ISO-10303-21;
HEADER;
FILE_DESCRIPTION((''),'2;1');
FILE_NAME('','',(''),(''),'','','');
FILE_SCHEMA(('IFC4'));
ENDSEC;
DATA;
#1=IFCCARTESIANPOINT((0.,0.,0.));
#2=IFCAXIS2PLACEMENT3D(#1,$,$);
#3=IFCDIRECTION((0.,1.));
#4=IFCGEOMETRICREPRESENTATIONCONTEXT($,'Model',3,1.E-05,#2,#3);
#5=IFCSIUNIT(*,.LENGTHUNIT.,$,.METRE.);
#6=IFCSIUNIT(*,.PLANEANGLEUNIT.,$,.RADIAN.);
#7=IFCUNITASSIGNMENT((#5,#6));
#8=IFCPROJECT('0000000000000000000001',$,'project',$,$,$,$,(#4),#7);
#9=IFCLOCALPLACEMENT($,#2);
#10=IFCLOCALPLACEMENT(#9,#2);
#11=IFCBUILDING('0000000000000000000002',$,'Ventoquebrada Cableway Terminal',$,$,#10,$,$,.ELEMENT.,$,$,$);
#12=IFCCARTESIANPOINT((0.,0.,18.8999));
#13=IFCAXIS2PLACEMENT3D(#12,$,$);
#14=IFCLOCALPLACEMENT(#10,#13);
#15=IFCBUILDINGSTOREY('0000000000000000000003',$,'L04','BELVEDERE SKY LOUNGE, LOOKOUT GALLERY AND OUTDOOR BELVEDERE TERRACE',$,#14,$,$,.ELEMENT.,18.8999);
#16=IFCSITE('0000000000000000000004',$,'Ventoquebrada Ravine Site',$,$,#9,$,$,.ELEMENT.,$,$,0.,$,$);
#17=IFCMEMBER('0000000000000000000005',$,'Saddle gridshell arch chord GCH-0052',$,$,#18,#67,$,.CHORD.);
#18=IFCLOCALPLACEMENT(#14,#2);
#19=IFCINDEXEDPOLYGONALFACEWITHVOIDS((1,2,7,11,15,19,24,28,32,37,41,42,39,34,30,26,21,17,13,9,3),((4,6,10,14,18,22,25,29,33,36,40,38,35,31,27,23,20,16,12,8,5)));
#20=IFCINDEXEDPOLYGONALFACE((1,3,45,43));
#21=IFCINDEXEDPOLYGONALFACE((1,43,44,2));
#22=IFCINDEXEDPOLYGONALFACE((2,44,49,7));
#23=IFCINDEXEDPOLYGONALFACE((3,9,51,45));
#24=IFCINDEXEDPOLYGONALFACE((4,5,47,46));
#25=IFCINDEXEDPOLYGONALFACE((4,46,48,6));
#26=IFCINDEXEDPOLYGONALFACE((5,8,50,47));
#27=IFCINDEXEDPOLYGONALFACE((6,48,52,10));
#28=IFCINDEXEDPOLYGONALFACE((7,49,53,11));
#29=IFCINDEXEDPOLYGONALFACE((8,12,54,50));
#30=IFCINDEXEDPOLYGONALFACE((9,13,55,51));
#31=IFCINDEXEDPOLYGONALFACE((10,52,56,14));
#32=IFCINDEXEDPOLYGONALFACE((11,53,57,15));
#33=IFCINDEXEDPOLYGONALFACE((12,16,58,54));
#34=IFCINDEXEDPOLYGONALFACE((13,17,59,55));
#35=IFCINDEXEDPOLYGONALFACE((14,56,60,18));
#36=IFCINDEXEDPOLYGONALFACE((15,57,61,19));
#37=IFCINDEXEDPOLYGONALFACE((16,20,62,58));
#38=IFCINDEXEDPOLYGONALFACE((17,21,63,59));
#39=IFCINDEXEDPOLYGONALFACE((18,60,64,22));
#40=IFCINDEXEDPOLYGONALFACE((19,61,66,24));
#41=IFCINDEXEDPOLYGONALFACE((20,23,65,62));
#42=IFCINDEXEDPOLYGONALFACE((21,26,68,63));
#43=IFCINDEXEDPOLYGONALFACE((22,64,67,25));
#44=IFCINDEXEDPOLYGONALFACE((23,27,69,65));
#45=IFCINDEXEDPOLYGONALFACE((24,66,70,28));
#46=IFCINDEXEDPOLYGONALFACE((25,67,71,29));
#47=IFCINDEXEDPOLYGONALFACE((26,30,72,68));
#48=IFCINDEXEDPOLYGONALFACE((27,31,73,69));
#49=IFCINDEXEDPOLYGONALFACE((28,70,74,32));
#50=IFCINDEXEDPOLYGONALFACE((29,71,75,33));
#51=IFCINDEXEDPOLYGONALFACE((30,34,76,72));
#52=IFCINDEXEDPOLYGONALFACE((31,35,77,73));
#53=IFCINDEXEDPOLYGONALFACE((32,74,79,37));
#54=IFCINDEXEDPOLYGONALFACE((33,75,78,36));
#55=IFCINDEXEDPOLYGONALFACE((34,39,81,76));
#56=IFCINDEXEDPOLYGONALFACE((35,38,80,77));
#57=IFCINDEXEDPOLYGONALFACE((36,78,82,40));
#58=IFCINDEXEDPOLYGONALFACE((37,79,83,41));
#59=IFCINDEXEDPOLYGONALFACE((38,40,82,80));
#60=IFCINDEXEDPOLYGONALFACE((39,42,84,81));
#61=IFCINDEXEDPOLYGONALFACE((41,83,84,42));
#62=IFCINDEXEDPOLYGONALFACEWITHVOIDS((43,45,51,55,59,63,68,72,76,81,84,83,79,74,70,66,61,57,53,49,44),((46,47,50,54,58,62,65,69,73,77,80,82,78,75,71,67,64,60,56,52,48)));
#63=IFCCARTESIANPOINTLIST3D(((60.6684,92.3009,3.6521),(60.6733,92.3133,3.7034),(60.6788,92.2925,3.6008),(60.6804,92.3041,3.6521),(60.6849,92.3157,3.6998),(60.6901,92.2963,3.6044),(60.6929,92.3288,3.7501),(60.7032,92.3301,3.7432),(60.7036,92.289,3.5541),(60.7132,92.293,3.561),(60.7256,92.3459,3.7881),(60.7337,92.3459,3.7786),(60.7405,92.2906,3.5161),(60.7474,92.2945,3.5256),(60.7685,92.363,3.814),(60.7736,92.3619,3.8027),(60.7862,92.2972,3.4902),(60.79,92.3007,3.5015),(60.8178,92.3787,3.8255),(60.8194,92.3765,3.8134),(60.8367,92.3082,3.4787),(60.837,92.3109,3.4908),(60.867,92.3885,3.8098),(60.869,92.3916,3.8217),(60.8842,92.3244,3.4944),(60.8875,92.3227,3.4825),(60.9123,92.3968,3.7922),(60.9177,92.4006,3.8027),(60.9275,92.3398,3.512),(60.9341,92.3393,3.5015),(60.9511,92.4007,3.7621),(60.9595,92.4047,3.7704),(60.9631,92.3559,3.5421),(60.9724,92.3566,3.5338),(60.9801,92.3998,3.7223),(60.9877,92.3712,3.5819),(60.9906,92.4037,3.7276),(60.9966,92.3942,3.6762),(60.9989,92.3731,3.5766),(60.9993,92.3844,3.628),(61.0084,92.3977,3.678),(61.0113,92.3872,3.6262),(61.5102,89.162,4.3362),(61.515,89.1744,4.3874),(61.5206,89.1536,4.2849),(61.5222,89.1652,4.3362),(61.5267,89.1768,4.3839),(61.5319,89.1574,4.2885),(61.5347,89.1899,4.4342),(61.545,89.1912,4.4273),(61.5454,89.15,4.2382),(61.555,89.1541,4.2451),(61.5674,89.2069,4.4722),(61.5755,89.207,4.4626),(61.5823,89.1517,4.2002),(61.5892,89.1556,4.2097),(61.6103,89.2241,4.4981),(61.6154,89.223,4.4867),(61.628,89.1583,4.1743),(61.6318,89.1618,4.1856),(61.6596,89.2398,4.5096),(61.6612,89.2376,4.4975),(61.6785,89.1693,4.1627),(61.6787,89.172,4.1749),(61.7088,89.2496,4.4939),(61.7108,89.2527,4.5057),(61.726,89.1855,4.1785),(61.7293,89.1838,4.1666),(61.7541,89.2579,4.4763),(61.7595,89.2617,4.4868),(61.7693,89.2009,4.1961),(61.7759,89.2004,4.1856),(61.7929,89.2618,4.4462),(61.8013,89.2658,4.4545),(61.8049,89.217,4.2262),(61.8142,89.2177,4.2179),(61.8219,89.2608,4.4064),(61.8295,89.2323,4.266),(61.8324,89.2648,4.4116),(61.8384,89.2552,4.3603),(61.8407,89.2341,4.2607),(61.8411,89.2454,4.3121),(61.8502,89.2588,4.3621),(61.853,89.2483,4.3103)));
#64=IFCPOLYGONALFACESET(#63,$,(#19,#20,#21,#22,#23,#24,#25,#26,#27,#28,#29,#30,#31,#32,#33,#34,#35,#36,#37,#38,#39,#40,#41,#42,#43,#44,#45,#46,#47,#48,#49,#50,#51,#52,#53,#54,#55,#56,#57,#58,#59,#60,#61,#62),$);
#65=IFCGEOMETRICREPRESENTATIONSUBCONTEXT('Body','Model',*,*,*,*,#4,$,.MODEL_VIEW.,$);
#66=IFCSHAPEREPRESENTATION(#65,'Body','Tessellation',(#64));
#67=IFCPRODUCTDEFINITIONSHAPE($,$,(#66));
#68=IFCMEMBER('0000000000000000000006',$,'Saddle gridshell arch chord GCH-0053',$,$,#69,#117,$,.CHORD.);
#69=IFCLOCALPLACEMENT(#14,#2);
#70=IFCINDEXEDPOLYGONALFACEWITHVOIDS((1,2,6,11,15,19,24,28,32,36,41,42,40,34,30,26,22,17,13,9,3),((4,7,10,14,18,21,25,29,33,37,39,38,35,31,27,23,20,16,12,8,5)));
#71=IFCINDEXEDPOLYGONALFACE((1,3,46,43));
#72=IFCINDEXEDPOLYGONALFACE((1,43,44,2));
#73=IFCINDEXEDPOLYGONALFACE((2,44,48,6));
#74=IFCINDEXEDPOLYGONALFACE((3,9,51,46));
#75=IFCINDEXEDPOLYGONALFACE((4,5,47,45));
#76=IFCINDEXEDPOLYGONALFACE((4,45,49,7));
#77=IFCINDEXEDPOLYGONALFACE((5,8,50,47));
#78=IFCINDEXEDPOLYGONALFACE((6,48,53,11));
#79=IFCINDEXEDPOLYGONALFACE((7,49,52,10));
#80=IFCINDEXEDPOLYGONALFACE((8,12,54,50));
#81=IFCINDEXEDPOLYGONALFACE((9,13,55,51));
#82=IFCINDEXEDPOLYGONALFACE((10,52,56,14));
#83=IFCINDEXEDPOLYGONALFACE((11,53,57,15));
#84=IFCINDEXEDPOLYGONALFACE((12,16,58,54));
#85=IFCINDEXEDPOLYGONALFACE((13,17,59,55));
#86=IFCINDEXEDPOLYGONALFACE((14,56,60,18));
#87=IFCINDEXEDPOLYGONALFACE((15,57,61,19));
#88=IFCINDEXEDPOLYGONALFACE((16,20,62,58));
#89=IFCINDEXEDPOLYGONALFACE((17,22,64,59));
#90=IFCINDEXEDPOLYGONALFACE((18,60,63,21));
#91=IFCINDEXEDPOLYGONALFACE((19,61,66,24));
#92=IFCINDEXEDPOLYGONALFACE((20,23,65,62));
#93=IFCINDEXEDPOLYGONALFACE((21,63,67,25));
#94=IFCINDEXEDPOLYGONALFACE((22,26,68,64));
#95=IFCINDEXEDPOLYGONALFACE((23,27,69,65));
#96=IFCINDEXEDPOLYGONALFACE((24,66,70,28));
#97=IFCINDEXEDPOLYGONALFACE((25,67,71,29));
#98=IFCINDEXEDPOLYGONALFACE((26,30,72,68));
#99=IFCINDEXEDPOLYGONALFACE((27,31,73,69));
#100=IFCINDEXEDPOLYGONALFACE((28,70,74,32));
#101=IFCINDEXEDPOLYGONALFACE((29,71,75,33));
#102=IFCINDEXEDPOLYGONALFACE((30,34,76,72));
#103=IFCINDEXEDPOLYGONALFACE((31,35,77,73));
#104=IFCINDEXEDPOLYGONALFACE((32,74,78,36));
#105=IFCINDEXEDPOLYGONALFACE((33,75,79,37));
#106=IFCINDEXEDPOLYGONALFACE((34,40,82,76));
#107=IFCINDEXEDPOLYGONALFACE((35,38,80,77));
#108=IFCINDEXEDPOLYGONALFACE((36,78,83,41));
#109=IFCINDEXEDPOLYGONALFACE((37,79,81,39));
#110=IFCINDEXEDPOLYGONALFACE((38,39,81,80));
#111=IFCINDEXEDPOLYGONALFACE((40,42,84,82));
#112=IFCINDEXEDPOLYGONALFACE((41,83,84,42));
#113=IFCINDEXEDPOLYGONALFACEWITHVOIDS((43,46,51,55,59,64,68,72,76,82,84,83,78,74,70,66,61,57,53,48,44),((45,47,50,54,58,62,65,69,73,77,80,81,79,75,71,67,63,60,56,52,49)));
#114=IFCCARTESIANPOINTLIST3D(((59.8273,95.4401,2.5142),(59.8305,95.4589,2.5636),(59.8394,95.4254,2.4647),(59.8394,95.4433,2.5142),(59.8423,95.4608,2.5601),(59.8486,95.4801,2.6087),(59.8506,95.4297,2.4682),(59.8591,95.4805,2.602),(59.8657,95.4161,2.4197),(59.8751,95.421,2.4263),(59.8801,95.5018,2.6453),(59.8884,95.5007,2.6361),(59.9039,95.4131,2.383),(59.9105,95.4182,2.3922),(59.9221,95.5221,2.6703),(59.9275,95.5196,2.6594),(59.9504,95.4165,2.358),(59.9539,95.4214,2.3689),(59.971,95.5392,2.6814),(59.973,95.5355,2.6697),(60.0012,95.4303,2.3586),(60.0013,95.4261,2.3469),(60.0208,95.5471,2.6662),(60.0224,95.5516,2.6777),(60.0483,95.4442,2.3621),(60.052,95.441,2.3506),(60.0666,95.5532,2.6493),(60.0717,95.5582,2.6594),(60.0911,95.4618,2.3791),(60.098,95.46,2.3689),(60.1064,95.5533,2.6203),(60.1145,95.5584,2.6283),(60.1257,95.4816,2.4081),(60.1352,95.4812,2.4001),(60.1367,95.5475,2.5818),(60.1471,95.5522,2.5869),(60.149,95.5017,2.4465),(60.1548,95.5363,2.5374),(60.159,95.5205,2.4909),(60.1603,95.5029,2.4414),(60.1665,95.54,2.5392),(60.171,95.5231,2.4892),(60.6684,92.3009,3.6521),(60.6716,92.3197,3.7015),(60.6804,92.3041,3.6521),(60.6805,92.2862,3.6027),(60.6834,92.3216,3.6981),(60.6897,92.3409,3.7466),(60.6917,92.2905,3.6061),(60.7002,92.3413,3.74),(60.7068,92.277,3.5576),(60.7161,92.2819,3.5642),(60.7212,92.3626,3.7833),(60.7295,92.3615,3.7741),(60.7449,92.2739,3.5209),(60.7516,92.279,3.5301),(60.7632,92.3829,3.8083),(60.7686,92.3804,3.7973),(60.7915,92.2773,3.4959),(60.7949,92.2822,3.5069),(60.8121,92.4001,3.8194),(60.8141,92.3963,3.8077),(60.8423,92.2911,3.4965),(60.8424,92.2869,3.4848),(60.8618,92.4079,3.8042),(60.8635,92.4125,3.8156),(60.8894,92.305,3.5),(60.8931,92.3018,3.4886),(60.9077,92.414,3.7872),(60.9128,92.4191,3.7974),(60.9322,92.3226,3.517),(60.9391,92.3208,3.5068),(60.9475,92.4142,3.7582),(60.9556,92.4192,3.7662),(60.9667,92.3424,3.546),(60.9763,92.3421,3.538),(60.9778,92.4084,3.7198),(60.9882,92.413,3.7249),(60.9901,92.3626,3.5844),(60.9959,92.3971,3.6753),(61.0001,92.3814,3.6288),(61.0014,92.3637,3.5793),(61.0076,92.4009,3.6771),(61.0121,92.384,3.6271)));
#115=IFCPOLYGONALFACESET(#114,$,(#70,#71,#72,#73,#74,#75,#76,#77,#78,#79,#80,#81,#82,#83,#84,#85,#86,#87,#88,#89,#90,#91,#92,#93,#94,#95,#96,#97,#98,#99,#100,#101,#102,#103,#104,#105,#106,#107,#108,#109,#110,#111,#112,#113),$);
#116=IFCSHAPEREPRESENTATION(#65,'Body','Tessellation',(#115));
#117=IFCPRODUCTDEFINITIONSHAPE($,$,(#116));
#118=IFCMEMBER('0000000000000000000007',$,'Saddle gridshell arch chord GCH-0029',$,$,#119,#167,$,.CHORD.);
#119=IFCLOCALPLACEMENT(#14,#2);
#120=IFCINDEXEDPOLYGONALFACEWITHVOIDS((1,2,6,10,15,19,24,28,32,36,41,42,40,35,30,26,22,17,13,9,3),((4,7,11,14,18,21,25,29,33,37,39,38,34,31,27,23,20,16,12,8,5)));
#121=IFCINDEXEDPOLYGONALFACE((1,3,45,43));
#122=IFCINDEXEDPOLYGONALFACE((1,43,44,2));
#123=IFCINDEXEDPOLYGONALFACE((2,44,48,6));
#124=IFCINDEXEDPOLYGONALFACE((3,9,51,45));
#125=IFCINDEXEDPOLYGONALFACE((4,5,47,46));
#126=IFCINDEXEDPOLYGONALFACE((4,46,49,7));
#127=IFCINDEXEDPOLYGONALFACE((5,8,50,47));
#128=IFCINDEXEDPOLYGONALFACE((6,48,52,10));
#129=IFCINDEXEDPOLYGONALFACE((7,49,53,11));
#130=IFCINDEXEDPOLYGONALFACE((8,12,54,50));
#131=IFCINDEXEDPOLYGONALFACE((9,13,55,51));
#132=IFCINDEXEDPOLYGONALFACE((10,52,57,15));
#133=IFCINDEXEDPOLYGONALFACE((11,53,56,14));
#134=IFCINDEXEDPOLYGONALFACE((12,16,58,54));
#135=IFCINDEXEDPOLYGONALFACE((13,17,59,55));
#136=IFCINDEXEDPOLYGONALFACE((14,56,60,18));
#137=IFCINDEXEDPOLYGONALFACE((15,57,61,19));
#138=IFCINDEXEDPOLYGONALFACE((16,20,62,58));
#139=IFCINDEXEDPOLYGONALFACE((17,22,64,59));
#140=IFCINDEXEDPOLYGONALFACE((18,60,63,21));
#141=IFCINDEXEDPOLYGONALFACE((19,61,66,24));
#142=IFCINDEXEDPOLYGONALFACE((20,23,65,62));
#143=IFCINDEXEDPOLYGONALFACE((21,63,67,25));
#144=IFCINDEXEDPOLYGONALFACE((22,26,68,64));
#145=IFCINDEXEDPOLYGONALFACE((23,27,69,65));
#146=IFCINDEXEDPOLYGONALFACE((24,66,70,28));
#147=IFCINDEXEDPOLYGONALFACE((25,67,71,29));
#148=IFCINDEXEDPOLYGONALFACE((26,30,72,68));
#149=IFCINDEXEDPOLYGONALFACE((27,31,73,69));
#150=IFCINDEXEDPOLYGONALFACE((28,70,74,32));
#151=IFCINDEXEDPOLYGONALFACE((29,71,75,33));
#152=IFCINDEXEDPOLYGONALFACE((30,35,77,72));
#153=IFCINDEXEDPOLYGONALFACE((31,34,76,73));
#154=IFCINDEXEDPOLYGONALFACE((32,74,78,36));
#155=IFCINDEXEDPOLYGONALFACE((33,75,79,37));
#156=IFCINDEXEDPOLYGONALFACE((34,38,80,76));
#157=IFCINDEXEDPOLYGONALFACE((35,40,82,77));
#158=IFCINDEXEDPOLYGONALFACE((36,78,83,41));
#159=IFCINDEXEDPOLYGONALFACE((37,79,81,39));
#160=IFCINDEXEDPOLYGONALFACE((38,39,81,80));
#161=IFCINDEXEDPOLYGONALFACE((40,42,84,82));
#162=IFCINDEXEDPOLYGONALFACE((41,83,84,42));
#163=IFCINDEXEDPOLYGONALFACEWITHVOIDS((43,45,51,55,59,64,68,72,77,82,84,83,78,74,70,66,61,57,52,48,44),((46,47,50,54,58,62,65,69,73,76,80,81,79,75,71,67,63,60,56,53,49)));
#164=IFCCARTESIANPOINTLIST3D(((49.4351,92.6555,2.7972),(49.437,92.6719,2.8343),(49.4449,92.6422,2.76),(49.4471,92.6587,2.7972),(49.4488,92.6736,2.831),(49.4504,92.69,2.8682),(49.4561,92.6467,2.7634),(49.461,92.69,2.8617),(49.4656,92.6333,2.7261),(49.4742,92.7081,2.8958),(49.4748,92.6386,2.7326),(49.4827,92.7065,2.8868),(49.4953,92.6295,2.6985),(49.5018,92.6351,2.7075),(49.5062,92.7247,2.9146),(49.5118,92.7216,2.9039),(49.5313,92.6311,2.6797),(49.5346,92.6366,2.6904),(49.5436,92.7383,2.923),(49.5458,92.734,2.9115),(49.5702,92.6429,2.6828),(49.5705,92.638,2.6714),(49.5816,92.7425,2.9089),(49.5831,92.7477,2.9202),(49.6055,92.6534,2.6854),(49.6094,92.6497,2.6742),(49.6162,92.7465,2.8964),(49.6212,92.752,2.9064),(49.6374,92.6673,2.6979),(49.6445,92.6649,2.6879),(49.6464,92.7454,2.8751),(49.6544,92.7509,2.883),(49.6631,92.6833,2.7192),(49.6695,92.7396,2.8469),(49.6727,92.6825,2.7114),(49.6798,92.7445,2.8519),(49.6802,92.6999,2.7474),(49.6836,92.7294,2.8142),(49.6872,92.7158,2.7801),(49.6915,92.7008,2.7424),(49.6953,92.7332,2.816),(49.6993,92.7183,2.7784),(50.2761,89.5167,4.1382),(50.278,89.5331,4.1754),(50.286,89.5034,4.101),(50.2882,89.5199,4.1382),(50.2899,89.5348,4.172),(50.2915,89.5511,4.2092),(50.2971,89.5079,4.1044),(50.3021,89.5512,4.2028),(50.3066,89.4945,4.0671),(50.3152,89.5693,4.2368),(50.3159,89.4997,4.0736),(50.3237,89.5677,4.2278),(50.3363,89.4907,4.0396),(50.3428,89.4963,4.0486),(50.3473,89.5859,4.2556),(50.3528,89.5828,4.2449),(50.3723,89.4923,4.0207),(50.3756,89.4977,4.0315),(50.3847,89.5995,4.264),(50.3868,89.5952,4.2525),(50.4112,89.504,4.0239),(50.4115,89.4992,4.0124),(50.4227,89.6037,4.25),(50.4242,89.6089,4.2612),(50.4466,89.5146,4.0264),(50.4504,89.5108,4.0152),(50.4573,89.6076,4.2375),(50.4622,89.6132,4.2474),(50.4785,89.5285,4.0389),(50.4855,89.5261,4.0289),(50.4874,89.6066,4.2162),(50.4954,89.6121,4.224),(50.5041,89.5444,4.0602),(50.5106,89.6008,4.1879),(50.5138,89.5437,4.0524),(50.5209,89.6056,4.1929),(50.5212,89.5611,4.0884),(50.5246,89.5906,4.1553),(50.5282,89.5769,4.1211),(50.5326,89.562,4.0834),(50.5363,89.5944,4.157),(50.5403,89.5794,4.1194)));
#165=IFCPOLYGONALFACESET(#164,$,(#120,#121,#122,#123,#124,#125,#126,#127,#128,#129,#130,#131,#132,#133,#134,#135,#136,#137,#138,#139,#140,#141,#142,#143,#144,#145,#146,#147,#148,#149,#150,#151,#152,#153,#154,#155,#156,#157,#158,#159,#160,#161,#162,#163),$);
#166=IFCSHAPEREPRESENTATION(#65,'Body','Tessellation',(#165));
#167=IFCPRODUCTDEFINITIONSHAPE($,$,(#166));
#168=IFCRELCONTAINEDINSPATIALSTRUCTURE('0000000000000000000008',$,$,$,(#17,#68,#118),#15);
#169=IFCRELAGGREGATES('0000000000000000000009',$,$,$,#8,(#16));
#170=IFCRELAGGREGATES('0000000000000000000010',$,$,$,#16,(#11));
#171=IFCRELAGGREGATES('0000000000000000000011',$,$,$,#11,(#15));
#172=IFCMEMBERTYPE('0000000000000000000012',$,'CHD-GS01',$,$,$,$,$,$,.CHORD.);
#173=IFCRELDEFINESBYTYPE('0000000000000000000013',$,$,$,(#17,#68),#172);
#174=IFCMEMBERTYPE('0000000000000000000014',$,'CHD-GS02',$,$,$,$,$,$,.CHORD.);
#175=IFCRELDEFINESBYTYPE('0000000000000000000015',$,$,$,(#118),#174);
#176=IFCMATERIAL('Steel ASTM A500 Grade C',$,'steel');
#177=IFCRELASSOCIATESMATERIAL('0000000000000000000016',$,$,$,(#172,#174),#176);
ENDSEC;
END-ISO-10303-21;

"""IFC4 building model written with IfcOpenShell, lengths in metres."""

from ifc_helpers import new_model, si_unit, direction, frame, origin, origin_2d, place, context, subcontext, project, spatial, hollow_circle, extrude, material, material_profile, profile_set, type_object, element, save


model = new_model("IFC4")

# Units and contexts
model_context = context("Model", 3, precision=1e-05, world=origin(), true_north=direction((0.0, 1.0)))
body_context = subcontext(model_context, "Body", "Model", "MODEL_VIEW")
ifc_project = project(units=[si_unit("LENGTHUNIT", "METRE"), si_unit("PLANEANGLEUNIT", "RADIAN")], contexts=[model_context])

# Site, building, storey
site_placement = place(None, origin())
site = spatial("IfcSite", under=ifc_project, at=site_placement, Name="Ventoquebrada Ravine Site", CompositionType="ELEMENT", RefElevation=0.0)
building_placement = place(site_placement, origin())
building = spatial("IfcBuilding", under=site, at=building_placement, Name="Ventoquebrada Cableway Terminal", CompositionType="ELEMENT")
storey_placement = place(building_placement, frame((0.0, 0.0, 18.8999)))
storey = spatial("IfcBuildingStorey", under=building, at=storey_placement, Name="L04", Description="BELVEDERE SKY LOUNGE, LOOKOUT GALLERY AND OUTDOOR BELVEDERE TERRACE", CompositionType="ELEMENT", Elevation=18.8999)

# Members
ifc_material_1 = material(Name="Steel ASTM A500 Grade C", Category="steel")
ifc_material_profile_1 = material_profile(ifc_material_1, hollow_circle(Radius=0.1777, WallThickness=0.0125, at=origin_2d()), Name="CHS355.6X12.5")
ifc_profile_set_1 = profile_set([ifc_material_profile_1], Name="Steel ASTM A500 Grade C")
member_type_1 = type_object("IfcMemberType", Name="CHD-GS01", PredefinedType="CHORD", material=ifc_profile_set_1)
member_1_placement = place(storey_placement, frame((61.6819, 89.208, 4.3362), z_axis=(-0.253473, 0.945157, -0.205984), x_axis=(-0.96587, -0.259028, 0.0)))
element("IfcMember", 1, at=member_1_placement, inside=storey, type_object=member_type_1, Name="Saddle gridshell arch chord GCH-0052", PredefinedType="CHORD", context=body_context, shape_type="SweptSolid", body=[
    extrude(hollow_circle(Radius=0.1777, WallThickness=0.0125, at=origin_2d()), origin(), (0.0, 0.0, 1.0), 3.321),
])
member_2_placement = place(storey_placement, frame((60.8401, 92.3469, 3.6521), z_axis=(-0.244258, 0.91166, -0.330475), x_axis=(-0.965931, -0.258799, 0.0)))
element("IfcMember", 2, at=member_2_placement, inside=storey, type_object=member_type_1, Name="Saddle gridshell arch chord GCH-0053", PredefinedType="CHORD", context=body_context, shape_type="SweptSolid", body=[
    extrude(hollow_circle(Radius=0.1777, WallThickness=0.0125, at=origin_2d()), origin(), (0.0, 0.0, 1.0), 3.4434),
])
ifc_material_profile_2 = material_profile(ifc_material_1, hollow_circle(Radius=0.1365, WallThickness=0.0125, at=origin_2d()), Name="CHS273.0X12.5")
ifc_profile_set_2 = profile_set([ifc_material_profile_2], Name="Steel ASTM A500 Grade C")
member_type_2 = type_object("IfcMemberType", Name="CHD-GS02", PredefinedType="CHORD", material=ifc_profile_set_2)
member_3_placement = place(storey_placement, frame((50.408, 89.552, 4.1382), z_axis=(-0.239246, 0.892883, -0.381473), x_axis=(-0.965926, -0.258817, 0.0)))
element("IfcMember", 3, at=member_3_placement, inside=storey, type_object=member_type_2, Name="Saddle gridshell arch chord GCH-0029", PredefinedType="CHORD", context=body_context, shape_type="SweptSolid", body=[
    extrude(hollow_circle(Radius=0.1365, WallThickness=0.0125, at=origin_2d()), origin(), (0.0, 0.0, 1.0), 3.5154),
])

save(model, "model.ifc")
